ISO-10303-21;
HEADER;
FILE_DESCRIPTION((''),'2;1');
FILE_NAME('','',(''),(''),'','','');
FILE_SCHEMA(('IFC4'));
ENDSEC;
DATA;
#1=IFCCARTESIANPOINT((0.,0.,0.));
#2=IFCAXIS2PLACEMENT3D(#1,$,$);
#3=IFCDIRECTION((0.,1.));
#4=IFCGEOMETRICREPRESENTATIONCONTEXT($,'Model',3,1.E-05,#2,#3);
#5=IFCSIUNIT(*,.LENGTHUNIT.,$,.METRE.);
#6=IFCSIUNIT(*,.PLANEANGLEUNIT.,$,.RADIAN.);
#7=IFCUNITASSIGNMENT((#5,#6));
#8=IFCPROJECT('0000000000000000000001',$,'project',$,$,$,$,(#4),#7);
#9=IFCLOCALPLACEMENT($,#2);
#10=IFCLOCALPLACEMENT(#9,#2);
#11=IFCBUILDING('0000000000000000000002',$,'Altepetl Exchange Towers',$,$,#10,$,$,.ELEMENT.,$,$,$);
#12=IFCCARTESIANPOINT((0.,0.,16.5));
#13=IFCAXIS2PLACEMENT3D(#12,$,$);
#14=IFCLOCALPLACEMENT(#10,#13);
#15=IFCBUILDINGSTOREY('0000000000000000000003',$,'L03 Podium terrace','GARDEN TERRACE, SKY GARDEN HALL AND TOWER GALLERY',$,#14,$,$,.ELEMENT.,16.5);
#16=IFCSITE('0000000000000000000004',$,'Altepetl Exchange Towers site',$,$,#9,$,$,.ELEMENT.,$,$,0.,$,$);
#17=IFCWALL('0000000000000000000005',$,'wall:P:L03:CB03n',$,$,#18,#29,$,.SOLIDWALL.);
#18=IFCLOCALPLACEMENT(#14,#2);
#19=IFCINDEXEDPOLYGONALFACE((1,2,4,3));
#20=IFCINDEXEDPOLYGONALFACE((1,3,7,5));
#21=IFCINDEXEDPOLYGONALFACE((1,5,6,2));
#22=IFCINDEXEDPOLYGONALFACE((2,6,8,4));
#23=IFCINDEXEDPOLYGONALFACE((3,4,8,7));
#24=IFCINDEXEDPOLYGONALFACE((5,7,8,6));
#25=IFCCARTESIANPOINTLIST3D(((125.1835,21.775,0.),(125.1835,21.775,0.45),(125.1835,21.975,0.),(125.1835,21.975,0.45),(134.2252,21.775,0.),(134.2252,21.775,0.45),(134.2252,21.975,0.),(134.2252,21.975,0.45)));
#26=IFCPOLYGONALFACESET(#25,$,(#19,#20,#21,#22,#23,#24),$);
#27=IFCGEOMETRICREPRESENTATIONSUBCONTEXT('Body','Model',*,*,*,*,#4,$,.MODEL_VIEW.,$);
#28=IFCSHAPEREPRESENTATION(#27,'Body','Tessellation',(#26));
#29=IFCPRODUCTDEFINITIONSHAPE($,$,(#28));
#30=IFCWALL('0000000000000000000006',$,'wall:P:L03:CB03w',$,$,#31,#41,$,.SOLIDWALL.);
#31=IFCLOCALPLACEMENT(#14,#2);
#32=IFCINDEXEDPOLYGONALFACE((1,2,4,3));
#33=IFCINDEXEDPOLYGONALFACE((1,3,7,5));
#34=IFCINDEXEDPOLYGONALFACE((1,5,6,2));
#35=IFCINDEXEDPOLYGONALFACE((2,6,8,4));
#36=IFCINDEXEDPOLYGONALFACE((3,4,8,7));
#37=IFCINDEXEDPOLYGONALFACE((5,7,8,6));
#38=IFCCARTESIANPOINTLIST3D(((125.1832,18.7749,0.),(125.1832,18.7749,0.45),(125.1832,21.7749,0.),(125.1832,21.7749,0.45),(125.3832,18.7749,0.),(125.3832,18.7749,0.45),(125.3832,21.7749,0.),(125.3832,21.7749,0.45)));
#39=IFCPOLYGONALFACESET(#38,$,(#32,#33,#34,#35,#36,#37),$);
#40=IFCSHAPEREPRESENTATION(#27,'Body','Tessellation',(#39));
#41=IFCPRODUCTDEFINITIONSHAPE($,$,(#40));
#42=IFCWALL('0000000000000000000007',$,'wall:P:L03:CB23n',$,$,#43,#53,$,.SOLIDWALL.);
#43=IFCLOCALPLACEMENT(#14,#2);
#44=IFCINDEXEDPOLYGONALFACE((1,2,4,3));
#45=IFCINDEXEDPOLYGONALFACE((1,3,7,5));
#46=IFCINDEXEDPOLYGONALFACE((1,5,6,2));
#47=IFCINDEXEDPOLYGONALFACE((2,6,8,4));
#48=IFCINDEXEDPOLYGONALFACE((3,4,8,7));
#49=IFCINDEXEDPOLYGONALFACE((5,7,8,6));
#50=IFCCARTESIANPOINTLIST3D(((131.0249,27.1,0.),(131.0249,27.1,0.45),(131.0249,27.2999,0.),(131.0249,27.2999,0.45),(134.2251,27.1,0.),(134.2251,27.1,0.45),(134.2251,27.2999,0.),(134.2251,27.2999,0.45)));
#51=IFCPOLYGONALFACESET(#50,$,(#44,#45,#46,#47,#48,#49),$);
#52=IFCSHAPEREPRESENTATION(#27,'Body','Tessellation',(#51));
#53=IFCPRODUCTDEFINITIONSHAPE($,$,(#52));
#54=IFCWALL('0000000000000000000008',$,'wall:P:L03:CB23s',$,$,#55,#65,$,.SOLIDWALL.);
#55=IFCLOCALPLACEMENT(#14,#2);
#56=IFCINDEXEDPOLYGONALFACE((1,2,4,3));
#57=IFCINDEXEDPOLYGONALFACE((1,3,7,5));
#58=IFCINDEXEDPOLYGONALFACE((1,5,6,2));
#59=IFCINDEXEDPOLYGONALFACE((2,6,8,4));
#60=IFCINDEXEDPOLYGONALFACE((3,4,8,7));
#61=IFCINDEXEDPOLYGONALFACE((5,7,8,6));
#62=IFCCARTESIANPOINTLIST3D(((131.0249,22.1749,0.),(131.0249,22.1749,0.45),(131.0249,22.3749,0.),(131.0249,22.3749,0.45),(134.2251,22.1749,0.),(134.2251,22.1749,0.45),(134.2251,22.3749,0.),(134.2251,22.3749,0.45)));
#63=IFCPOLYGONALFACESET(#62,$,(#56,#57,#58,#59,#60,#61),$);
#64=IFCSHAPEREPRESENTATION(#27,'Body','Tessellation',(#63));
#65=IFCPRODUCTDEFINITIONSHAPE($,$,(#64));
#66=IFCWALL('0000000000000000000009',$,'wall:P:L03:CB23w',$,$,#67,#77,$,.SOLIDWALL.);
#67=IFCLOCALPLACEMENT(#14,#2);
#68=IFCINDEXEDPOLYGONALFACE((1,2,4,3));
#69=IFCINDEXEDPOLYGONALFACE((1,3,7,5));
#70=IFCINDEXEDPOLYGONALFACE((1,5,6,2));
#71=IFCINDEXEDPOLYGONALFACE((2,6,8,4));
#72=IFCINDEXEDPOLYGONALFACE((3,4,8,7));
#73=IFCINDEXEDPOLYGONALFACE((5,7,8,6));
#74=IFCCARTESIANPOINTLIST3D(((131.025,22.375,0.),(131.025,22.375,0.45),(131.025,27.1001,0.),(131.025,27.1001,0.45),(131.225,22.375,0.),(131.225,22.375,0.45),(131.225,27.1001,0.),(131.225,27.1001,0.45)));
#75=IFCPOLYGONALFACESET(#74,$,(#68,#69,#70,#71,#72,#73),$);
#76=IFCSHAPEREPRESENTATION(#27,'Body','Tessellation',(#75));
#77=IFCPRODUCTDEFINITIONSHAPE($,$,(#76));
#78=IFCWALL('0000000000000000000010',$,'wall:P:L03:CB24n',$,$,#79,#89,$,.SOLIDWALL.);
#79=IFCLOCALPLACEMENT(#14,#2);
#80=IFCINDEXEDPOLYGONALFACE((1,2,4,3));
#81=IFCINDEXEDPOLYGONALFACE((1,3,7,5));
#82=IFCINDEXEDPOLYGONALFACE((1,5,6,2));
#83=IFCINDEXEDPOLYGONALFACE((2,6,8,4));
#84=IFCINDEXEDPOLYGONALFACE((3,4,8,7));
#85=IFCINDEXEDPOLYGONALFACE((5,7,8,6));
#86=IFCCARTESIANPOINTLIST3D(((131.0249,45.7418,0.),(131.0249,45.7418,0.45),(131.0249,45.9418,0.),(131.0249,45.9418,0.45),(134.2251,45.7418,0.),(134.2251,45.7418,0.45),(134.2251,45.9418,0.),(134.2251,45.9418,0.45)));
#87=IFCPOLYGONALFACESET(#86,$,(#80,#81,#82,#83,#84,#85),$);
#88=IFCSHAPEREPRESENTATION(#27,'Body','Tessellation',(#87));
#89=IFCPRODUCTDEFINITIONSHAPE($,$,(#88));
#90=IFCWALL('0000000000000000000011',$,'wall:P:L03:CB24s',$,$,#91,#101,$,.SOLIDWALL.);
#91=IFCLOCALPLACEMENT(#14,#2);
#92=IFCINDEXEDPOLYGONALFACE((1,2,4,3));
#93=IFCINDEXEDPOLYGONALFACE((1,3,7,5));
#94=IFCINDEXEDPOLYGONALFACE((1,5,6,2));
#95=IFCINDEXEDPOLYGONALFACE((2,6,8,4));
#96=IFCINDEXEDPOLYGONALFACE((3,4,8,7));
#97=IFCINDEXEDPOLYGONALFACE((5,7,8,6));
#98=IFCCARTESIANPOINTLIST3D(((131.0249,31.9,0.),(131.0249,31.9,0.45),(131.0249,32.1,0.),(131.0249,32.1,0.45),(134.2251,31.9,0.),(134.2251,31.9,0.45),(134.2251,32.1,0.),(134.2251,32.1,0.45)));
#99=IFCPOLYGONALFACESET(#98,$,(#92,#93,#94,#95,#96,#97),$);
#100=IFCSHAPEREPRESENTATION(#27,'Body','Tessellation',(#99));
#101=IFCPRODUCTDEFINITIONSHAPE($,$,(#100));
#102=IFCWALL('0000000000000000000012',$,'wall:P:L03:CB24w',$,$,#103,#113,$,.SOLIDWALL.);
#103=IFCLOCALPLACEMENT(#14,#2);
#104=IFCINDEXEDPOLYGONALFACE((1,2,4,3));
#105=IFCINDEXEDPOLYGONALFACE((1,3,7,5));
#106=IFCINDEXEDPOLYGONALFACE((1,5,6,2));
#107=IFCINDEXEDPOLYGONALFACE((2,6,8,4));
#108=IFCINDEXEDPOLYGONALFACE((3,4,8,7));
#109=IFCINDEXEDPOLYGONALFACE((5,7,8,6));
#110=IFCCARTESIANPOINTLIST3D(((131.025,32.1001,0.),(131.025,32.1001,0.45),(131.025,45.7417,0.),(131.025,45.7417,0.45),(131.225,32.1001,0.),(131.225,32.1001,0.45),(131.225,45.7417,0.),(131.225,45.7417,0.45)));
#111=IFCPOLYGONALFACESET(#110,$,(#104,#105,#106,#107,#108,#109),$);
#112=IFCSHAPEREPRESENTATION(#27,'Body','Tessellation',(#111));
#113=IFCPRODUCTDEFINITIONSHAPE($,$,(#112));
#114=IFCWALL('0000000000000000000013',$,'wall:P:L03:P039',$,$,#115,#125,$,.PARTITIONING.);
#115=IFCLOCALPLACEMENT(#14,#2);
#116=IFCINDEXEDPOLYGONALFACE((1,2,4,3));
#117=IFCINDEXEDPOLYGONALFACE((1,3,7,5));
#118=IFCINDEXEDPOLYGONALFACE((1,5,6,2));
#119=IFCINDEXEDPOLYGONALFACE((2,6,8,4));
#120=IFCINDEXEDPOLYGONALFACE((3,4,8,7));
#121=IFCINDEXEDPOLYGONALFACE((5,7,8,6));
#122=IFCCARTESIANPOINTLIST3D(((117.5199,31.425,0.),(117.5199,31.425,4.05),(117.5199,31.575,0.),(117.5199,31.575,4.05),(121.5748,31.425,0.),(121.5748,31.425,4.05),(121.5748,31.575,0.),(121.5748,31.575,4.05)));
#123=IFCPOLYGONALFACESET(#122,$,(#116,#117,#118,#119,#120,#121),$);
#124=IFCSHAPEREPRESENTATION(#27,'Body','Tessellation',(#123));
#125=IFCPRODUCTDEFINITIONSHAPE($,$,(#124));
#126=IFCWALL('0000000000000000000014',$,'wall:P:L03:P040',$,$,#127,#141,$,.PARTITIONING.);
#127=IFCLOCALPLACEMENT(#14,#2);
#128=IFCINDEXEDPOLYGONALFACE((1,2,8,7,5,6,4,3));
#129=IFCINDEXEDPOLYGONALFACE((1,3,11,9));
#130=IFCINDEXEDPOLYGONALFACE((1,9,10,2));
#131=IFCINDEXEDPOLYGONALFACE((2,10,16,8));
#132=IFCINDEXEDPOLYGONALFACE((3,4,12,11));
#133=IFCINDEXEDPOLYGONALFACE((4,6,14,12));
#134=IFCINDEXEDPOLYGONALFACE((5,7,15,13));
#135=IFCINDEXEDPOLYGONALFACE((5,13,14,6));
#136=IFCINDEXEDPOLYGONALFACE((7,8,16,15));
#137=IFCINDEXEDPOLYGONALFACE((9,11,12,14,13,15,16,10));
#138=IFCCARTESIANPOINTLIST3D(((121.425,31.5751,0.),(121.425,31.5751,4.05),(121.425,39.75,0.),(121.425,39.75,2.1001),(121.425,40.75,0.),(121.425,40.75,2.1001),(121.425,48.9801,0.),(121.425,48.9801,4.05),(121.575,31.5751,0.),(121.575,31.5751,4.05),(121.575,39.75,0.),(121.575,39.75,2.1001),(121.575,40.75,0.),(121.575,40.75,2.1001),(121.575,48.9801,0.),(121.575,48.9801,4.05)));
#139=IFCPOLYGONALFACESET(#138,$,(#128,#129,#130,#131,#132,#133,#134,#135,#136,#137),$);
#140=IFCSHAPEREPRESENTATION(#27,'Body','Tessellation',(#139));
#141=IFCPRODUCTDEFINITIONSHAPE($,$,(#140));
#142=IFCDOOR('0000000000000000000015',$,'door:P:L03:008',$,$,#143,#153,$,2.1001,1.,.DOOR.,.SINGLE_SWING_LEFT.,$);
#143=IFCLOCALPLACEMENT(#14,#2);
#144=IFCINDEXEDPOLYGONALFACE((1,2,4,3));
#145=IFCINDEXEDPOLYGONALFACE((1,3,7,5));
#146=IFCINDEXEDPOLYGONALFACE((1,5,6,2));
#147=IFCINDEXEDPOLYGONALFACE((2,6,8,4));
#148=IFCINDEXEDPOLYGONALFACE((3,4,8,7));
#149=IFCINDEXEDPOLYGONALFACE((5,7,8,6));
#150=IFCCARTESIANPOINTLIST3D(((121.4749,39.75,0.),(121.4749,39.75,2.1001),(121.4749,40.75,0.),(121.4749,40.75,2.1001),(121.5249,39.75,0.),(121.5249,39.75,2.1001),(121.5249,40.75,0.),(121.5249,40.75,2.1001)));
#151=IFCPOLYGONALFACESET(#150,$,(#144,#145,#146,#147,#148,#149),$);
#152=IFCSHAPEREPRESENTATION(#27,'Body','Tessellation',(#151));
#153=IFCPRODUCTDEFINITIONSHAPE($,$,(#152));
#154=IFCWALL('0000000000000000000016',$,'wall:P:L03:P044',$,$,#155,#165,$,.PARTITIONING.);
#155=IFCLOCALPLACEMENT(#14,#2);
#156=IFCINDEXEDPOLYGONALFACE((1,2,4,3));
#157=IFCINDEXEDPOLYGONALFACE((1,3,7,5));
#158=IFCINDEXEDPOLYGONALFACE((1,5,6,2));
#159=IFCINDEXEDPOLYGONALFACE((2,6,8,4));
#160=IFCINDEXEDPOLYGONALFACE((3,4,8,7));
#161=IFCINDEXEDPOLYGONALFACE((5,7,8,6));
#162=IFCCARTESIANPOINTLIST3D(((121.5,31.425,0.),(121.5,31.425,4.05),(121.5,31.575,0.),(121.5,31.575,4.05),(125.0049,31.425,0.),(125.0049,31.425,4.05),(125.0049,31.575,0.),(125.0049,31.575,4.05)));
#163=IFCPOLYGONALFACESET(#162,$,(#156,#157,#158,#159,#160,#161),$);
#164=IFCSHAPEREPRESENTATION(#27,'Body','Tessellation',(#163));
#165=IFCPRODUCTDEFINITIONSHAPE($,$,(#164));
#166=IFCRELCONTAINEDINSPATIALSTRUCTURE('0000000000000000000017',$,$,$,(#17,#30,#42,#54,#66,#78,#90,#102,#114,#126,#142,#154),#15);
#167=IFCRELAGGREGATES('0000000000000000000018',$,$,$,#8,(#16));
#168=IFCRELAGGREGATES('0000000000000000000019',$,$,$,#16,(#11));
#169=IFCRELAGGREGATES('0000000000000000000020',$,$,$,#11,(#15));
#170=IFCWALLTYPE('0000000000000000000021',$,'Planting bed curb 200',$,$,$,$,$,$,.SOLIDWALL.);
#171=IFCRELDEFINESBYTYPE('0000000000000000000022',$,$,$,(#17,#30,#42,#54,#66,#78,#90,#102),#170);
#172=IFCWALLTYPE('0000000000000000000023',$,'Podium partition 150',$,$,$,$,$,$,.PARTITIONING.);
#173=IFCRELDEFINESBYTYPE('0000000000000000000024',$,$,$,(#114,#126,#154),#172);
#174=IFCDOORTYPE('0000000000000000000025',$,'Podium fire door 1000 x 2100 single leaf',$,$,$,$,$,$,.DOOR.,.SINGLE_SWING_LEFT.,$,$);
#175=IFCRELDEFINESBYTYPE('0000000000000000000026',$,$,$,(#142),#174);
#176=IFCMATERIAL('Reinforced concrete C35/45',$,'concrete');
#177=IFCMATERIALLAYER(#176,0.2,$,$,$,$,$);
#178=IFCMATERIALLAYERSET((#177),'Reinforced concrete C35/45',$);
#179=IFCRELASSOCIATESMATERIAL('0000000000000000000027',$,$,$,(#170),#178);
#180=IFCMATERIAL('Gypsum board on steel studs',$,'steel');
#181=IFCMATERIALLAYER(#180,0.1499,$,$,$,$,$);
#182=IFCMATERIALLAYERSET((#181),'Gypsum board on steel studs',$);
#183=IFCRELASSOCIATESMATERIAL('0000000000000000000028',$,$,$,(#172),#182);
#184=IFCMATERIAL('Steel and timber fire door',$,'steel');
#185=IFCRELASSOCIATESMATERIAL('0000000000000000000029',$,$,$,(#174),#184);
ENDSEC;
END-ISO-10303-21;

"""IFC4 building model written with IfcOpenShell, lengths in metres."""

from ifc_helpers import new_model, si_unit, direction, frame, frame_2d, origin, place, context, subcontext, project, spatial, rectangle, extrude, material, layer, layer_set, type_object, element, fill, save


model = new_model("IFC4")

# Units and contexts
model_context = context("Model", 3, precision=1e-05, world=origin(), true_north=direction((0.0, 1.0)))
body_context = subcontext(model_context, "Body", "Model", "MODEL_VIEW")
ifc_project = project(units=[si_unit("LENGTHUNIT", "METRE"), si_unit("PLANEANGLEUNIT", "RADIAN")], contexts=[model_context])

# Site, building, storey
site_placement = place(None, origin())
site = spatial("IfcSite", under=ifc_project, at=site_placement, Name="Altepetl Exchange Towers site", CompositionType="ELEMENT", RefElevation=0.0)
building_placement = place(site_placement, origin())
building = spatial("IfcBuilding", under=site, at=building_placement, Name="Altepetl Exchange Towers", CompositionType="ELEMENT")
storey_placement = place(building_placement, frame((0.0, 0.0, 16.5)))
storey = spatial("IfcBuildingStorey", under=building, at=storey_placement, Name="L03 Podium terrace", Description="GARDEN TERRACE, SKY GARDEN HALL AND TOWER GALLERY", CompositionType="ELEMENT", Elevation=16.5)

# Shared definitions
ifc_material_1 = material(Name="Reinforced concrete C35/45", Category="concrete")

# Walls
ifc_layer_1 = layer(ifc_material_1, 0.2)
ifc_layer_set_1 = layer_set([ifc_layer_1], Name="Reinforced concrete C35/45")
wall_type_1 = type_object("IfcWallType", Name="Planting bed curb 200", PredefinedType="SOLIDWALL", material=ifc_layer_set_1)
wall_1_placement = place(storey_placement, frame((125.1833, 21.875, 0.0)))
element("IfcWall", 1, at=wall_1_placement, inside=storey, type_object=wall_type_1, Name="wall:P:L03:CB03n", PredefinedType="SOLIDWALL", context=body_context, shape_type="SweptSolid", body=[
    extrude(rectangle(XDim=9.0417, YDim=0.2, at=frame_2d((4.521, 0.0))), origin(), (0.0, 0.0, 1.0), 0.45),
])
wall_2_placement = place(storey_placement, frame((125.2832, 18.7749, 0.0), z_axis=(0.0, 0.0, 1.0), x_axis=(0.0, 1.0, 0.0)))
element("IfcWall", 2, at=wall_2_placement, inside=storey, type_object=wall_type_1, Name="wall:P:L03:CB03w", PredefinedType="SOLIDWALL", context=body_context, shape_type="SweptSolid", body=[
    extrude(rectangle(XDim=3.0, YDim=0.2, at=frame_2d((1.5, 0.0))), origin(), (0.0, 0.0, 1.0), 0.45),
])
for number, where, name in (
    (3, (131.0249, 27.2, 0.0), "wall:P:L03:CB23n"),
    (4, (131.0249, 22.2749, 0.0), "wall:P:L03:CB23s"),
):
    element("IfcWall", number, at=place(storey_placement, frame(where)), inside=storey, type_object=wall_type_1, Name=name, PredefinedType="SOLIDWALL", context=body_context, shape_type="SweptSolid", body=[
        extrude(rectangle(XDim=3.2002, YDim=0.2, at=frame_2d((1.6001, 0.0))), origin(), (0.0, 0.0, 1.0), 0.45),
    ])
wall_3_placement = place(storey_placement, frame((131.125, 22.375, 0.0), z_axis=(0.0, 0.0, 1.0), x_axis=(0.0, 1.0, 0.0)))
element("IfcWall", 5, at=wall_3_placement, inside=storey, type_object=wall_type_1, Name="wall:P:L03:CB23w", PredefinedType="SOLIDWALL", context=body_context, shape_type="SweptSolid", body=[
    extrude(rectangle(XDim=4.7251, YDim=0.2, at=frame_2d((2.3625, 0.0))), origin(), (0.0, 0.0, 1.0), 0.45),
])
for number, where, name in (
    (6, (131.0249, 45.8418, 0.0), "wall:P:L03:CB24n"),
    (7, (131.0249, 32.0, 0.0), "wall:P:L03:CB24s"),
):
    element("IfcWall", number, at=place(storey_placement, frame(where)), inside=storey, type_object=wall_type_1, Name=name, PredefinedType="SOLIDWALL", context=body_context, shape_type="SweptSolid", body=[
        extrude(rectangle(XDim=3.2002, YDim=0.2, at=frame_2d((1.6001, 0.0))), origin(), (0.0, 0.0, 1.0), 0.45),
    ])
wall_4_placement = place(storey_placement, frame((131.125, 32.1001, 0.0), z_axis=(0.0, 0.0, 1.0), x_axis=(0.0, 1.0, 0.0)))
element("IfcWall", 8, at=wall_4_placement, inside=storey, type_object=wall_type_1, Name="wall:P:L03:CB24w", PredefinedType="SOLIDWALL", context=body_context, shape_type="SweptSolid", body=[
    extrude(rectangle(XDim=13.6416, YDim=0.2, at=frame_2d((6.8208, 0.0))), origin(), (0.0, 0.0, 1.0), 0.45),
])
ifc_material_2 = material(Name="Gypsum board on steel studs", Category="steel")
ifc_layer_2 = layer(ifc_material_2, 0.1499)
ifc_layer_set_2 = layer_set([ifc_layer_2], Name="Gypsum board on steel studs")
wall_type_2 = type_object("IfcWallType", Name="Podium partition 150", PredefinedType="PARTITIONING", material=ifc_layer_set_2)
wall_5_placement = place(storey_placement, frame((117.52, 31.5, 0.0)))
element("IfcWall", 9, at=wall_5_placement, inside=storey, type_object=wall_type_2, Name="wall:P:L03:P039", PredefinedType="PARTITIONING", context=body_context, shape_type="SweptSolid", body=[
    extrude(rectangle(XDim=4.0549, YDim=0.1499, at=frame_2d((2.0273, 0.0))), origin(), (0.0, 0.0, 1.0), 4.05),
])

# Wall, opening, door
wall_6_placement = place(storey_placement, frame((121.5, 31.575, 0.0), z_axis=(0.0, 0.0, 1.0), x_axis=(0.0, 1.0, 0.0)))
wall_6 = element("IfcWall", 10, at=wall_6_placement, inside=storey, type_object=wall_type_2, Name="wall:P:L03:P040", PredefinedType="PARTITIONING", context=body_context, shape_type="SweptSolid", body=[
    extrude(rectangle(XDim=17.405, YDim=0.1499, at=frame_2d((8.7026, 0.0))), origin(), (0.0, 0.0, 1.0), 4.05),
])
opening_1_placement = place(wall_6_placement, frame((8.175, 0.0, 0.0)))
opening_1 = element("IfcOpeningElement", 11, at=opening_1_placement, cuts=wall_6, PredefinedType="OPENING", context=body_context, shape_type="SweptSolid", body=[
    extrude(rectangle(XDim=1.0, YDim=2.1001, at=frame_2d((0.5, 1.05))), frame((0.0, 0.085, 0.0), z_axis=(0.0, -1.0, 0.0), x_axis=(1.0, 0.0, 0.0)), (0.0, 0.0, 1.0), 0.1699),
])
ifc_material_3 = material(Name="Steel and timber fire door", Category="steel")
door_type_1 = type_object("IfcDoorType", Name="Podium fire door 1000 x 2100 single leaf", OperationType="SINGLE_SWING_LEFT", PredefinedType="DOOR", material=ifc_material_3)
door_1_placement = place(opening_1_placement, frame((1.0, 0.0, 0.0), x_axis=(-1.0, 0.0, 0.0)))
door_1 = element("IfcDoor", 12, at=door_1_placement, inside=storey, type_object=door_type_1, Name="door:P:L03:008", OperationType="SINGLE_SWING_LEFT", OverallHeight=2.1001, OverallWidth=1.0, PredefinedType="DOOR", context=body_context, shape_type="SweptSolid", body=[
    extrude(rectangle(XDim=1.0, YDim=2.1001, at=frame_2d((0.5, 1.05))), frame((0.0, 0.0249, 0.0), z_axis=(0.0, -1.0, 0.0), x_axis=(1.0, 0.0, 0.0)), (0.0, 0.0, 1.0), 0.05),
])
fill(opening_1, door_1)

# Wall
wall_7_placement = place(storey_placement, frame((121.5, 31.5, 0.0)))
element("IfcWall", 13, at=wall_7_placement, inside=storey, type_object=wall_type_2, Name="wall:P:L03:P044", PredefinedType="PARTITIONING", context=body_context, shape_type="SweptSolid", body=[
    extrude(rectangle(XDim=3.5049, YDim=0.1499, at=frame_2d((1.7524, 0.0))), origin(), (0.0, 0.0, 1.0), 4.05),
])

save(model, "model.ifc")
